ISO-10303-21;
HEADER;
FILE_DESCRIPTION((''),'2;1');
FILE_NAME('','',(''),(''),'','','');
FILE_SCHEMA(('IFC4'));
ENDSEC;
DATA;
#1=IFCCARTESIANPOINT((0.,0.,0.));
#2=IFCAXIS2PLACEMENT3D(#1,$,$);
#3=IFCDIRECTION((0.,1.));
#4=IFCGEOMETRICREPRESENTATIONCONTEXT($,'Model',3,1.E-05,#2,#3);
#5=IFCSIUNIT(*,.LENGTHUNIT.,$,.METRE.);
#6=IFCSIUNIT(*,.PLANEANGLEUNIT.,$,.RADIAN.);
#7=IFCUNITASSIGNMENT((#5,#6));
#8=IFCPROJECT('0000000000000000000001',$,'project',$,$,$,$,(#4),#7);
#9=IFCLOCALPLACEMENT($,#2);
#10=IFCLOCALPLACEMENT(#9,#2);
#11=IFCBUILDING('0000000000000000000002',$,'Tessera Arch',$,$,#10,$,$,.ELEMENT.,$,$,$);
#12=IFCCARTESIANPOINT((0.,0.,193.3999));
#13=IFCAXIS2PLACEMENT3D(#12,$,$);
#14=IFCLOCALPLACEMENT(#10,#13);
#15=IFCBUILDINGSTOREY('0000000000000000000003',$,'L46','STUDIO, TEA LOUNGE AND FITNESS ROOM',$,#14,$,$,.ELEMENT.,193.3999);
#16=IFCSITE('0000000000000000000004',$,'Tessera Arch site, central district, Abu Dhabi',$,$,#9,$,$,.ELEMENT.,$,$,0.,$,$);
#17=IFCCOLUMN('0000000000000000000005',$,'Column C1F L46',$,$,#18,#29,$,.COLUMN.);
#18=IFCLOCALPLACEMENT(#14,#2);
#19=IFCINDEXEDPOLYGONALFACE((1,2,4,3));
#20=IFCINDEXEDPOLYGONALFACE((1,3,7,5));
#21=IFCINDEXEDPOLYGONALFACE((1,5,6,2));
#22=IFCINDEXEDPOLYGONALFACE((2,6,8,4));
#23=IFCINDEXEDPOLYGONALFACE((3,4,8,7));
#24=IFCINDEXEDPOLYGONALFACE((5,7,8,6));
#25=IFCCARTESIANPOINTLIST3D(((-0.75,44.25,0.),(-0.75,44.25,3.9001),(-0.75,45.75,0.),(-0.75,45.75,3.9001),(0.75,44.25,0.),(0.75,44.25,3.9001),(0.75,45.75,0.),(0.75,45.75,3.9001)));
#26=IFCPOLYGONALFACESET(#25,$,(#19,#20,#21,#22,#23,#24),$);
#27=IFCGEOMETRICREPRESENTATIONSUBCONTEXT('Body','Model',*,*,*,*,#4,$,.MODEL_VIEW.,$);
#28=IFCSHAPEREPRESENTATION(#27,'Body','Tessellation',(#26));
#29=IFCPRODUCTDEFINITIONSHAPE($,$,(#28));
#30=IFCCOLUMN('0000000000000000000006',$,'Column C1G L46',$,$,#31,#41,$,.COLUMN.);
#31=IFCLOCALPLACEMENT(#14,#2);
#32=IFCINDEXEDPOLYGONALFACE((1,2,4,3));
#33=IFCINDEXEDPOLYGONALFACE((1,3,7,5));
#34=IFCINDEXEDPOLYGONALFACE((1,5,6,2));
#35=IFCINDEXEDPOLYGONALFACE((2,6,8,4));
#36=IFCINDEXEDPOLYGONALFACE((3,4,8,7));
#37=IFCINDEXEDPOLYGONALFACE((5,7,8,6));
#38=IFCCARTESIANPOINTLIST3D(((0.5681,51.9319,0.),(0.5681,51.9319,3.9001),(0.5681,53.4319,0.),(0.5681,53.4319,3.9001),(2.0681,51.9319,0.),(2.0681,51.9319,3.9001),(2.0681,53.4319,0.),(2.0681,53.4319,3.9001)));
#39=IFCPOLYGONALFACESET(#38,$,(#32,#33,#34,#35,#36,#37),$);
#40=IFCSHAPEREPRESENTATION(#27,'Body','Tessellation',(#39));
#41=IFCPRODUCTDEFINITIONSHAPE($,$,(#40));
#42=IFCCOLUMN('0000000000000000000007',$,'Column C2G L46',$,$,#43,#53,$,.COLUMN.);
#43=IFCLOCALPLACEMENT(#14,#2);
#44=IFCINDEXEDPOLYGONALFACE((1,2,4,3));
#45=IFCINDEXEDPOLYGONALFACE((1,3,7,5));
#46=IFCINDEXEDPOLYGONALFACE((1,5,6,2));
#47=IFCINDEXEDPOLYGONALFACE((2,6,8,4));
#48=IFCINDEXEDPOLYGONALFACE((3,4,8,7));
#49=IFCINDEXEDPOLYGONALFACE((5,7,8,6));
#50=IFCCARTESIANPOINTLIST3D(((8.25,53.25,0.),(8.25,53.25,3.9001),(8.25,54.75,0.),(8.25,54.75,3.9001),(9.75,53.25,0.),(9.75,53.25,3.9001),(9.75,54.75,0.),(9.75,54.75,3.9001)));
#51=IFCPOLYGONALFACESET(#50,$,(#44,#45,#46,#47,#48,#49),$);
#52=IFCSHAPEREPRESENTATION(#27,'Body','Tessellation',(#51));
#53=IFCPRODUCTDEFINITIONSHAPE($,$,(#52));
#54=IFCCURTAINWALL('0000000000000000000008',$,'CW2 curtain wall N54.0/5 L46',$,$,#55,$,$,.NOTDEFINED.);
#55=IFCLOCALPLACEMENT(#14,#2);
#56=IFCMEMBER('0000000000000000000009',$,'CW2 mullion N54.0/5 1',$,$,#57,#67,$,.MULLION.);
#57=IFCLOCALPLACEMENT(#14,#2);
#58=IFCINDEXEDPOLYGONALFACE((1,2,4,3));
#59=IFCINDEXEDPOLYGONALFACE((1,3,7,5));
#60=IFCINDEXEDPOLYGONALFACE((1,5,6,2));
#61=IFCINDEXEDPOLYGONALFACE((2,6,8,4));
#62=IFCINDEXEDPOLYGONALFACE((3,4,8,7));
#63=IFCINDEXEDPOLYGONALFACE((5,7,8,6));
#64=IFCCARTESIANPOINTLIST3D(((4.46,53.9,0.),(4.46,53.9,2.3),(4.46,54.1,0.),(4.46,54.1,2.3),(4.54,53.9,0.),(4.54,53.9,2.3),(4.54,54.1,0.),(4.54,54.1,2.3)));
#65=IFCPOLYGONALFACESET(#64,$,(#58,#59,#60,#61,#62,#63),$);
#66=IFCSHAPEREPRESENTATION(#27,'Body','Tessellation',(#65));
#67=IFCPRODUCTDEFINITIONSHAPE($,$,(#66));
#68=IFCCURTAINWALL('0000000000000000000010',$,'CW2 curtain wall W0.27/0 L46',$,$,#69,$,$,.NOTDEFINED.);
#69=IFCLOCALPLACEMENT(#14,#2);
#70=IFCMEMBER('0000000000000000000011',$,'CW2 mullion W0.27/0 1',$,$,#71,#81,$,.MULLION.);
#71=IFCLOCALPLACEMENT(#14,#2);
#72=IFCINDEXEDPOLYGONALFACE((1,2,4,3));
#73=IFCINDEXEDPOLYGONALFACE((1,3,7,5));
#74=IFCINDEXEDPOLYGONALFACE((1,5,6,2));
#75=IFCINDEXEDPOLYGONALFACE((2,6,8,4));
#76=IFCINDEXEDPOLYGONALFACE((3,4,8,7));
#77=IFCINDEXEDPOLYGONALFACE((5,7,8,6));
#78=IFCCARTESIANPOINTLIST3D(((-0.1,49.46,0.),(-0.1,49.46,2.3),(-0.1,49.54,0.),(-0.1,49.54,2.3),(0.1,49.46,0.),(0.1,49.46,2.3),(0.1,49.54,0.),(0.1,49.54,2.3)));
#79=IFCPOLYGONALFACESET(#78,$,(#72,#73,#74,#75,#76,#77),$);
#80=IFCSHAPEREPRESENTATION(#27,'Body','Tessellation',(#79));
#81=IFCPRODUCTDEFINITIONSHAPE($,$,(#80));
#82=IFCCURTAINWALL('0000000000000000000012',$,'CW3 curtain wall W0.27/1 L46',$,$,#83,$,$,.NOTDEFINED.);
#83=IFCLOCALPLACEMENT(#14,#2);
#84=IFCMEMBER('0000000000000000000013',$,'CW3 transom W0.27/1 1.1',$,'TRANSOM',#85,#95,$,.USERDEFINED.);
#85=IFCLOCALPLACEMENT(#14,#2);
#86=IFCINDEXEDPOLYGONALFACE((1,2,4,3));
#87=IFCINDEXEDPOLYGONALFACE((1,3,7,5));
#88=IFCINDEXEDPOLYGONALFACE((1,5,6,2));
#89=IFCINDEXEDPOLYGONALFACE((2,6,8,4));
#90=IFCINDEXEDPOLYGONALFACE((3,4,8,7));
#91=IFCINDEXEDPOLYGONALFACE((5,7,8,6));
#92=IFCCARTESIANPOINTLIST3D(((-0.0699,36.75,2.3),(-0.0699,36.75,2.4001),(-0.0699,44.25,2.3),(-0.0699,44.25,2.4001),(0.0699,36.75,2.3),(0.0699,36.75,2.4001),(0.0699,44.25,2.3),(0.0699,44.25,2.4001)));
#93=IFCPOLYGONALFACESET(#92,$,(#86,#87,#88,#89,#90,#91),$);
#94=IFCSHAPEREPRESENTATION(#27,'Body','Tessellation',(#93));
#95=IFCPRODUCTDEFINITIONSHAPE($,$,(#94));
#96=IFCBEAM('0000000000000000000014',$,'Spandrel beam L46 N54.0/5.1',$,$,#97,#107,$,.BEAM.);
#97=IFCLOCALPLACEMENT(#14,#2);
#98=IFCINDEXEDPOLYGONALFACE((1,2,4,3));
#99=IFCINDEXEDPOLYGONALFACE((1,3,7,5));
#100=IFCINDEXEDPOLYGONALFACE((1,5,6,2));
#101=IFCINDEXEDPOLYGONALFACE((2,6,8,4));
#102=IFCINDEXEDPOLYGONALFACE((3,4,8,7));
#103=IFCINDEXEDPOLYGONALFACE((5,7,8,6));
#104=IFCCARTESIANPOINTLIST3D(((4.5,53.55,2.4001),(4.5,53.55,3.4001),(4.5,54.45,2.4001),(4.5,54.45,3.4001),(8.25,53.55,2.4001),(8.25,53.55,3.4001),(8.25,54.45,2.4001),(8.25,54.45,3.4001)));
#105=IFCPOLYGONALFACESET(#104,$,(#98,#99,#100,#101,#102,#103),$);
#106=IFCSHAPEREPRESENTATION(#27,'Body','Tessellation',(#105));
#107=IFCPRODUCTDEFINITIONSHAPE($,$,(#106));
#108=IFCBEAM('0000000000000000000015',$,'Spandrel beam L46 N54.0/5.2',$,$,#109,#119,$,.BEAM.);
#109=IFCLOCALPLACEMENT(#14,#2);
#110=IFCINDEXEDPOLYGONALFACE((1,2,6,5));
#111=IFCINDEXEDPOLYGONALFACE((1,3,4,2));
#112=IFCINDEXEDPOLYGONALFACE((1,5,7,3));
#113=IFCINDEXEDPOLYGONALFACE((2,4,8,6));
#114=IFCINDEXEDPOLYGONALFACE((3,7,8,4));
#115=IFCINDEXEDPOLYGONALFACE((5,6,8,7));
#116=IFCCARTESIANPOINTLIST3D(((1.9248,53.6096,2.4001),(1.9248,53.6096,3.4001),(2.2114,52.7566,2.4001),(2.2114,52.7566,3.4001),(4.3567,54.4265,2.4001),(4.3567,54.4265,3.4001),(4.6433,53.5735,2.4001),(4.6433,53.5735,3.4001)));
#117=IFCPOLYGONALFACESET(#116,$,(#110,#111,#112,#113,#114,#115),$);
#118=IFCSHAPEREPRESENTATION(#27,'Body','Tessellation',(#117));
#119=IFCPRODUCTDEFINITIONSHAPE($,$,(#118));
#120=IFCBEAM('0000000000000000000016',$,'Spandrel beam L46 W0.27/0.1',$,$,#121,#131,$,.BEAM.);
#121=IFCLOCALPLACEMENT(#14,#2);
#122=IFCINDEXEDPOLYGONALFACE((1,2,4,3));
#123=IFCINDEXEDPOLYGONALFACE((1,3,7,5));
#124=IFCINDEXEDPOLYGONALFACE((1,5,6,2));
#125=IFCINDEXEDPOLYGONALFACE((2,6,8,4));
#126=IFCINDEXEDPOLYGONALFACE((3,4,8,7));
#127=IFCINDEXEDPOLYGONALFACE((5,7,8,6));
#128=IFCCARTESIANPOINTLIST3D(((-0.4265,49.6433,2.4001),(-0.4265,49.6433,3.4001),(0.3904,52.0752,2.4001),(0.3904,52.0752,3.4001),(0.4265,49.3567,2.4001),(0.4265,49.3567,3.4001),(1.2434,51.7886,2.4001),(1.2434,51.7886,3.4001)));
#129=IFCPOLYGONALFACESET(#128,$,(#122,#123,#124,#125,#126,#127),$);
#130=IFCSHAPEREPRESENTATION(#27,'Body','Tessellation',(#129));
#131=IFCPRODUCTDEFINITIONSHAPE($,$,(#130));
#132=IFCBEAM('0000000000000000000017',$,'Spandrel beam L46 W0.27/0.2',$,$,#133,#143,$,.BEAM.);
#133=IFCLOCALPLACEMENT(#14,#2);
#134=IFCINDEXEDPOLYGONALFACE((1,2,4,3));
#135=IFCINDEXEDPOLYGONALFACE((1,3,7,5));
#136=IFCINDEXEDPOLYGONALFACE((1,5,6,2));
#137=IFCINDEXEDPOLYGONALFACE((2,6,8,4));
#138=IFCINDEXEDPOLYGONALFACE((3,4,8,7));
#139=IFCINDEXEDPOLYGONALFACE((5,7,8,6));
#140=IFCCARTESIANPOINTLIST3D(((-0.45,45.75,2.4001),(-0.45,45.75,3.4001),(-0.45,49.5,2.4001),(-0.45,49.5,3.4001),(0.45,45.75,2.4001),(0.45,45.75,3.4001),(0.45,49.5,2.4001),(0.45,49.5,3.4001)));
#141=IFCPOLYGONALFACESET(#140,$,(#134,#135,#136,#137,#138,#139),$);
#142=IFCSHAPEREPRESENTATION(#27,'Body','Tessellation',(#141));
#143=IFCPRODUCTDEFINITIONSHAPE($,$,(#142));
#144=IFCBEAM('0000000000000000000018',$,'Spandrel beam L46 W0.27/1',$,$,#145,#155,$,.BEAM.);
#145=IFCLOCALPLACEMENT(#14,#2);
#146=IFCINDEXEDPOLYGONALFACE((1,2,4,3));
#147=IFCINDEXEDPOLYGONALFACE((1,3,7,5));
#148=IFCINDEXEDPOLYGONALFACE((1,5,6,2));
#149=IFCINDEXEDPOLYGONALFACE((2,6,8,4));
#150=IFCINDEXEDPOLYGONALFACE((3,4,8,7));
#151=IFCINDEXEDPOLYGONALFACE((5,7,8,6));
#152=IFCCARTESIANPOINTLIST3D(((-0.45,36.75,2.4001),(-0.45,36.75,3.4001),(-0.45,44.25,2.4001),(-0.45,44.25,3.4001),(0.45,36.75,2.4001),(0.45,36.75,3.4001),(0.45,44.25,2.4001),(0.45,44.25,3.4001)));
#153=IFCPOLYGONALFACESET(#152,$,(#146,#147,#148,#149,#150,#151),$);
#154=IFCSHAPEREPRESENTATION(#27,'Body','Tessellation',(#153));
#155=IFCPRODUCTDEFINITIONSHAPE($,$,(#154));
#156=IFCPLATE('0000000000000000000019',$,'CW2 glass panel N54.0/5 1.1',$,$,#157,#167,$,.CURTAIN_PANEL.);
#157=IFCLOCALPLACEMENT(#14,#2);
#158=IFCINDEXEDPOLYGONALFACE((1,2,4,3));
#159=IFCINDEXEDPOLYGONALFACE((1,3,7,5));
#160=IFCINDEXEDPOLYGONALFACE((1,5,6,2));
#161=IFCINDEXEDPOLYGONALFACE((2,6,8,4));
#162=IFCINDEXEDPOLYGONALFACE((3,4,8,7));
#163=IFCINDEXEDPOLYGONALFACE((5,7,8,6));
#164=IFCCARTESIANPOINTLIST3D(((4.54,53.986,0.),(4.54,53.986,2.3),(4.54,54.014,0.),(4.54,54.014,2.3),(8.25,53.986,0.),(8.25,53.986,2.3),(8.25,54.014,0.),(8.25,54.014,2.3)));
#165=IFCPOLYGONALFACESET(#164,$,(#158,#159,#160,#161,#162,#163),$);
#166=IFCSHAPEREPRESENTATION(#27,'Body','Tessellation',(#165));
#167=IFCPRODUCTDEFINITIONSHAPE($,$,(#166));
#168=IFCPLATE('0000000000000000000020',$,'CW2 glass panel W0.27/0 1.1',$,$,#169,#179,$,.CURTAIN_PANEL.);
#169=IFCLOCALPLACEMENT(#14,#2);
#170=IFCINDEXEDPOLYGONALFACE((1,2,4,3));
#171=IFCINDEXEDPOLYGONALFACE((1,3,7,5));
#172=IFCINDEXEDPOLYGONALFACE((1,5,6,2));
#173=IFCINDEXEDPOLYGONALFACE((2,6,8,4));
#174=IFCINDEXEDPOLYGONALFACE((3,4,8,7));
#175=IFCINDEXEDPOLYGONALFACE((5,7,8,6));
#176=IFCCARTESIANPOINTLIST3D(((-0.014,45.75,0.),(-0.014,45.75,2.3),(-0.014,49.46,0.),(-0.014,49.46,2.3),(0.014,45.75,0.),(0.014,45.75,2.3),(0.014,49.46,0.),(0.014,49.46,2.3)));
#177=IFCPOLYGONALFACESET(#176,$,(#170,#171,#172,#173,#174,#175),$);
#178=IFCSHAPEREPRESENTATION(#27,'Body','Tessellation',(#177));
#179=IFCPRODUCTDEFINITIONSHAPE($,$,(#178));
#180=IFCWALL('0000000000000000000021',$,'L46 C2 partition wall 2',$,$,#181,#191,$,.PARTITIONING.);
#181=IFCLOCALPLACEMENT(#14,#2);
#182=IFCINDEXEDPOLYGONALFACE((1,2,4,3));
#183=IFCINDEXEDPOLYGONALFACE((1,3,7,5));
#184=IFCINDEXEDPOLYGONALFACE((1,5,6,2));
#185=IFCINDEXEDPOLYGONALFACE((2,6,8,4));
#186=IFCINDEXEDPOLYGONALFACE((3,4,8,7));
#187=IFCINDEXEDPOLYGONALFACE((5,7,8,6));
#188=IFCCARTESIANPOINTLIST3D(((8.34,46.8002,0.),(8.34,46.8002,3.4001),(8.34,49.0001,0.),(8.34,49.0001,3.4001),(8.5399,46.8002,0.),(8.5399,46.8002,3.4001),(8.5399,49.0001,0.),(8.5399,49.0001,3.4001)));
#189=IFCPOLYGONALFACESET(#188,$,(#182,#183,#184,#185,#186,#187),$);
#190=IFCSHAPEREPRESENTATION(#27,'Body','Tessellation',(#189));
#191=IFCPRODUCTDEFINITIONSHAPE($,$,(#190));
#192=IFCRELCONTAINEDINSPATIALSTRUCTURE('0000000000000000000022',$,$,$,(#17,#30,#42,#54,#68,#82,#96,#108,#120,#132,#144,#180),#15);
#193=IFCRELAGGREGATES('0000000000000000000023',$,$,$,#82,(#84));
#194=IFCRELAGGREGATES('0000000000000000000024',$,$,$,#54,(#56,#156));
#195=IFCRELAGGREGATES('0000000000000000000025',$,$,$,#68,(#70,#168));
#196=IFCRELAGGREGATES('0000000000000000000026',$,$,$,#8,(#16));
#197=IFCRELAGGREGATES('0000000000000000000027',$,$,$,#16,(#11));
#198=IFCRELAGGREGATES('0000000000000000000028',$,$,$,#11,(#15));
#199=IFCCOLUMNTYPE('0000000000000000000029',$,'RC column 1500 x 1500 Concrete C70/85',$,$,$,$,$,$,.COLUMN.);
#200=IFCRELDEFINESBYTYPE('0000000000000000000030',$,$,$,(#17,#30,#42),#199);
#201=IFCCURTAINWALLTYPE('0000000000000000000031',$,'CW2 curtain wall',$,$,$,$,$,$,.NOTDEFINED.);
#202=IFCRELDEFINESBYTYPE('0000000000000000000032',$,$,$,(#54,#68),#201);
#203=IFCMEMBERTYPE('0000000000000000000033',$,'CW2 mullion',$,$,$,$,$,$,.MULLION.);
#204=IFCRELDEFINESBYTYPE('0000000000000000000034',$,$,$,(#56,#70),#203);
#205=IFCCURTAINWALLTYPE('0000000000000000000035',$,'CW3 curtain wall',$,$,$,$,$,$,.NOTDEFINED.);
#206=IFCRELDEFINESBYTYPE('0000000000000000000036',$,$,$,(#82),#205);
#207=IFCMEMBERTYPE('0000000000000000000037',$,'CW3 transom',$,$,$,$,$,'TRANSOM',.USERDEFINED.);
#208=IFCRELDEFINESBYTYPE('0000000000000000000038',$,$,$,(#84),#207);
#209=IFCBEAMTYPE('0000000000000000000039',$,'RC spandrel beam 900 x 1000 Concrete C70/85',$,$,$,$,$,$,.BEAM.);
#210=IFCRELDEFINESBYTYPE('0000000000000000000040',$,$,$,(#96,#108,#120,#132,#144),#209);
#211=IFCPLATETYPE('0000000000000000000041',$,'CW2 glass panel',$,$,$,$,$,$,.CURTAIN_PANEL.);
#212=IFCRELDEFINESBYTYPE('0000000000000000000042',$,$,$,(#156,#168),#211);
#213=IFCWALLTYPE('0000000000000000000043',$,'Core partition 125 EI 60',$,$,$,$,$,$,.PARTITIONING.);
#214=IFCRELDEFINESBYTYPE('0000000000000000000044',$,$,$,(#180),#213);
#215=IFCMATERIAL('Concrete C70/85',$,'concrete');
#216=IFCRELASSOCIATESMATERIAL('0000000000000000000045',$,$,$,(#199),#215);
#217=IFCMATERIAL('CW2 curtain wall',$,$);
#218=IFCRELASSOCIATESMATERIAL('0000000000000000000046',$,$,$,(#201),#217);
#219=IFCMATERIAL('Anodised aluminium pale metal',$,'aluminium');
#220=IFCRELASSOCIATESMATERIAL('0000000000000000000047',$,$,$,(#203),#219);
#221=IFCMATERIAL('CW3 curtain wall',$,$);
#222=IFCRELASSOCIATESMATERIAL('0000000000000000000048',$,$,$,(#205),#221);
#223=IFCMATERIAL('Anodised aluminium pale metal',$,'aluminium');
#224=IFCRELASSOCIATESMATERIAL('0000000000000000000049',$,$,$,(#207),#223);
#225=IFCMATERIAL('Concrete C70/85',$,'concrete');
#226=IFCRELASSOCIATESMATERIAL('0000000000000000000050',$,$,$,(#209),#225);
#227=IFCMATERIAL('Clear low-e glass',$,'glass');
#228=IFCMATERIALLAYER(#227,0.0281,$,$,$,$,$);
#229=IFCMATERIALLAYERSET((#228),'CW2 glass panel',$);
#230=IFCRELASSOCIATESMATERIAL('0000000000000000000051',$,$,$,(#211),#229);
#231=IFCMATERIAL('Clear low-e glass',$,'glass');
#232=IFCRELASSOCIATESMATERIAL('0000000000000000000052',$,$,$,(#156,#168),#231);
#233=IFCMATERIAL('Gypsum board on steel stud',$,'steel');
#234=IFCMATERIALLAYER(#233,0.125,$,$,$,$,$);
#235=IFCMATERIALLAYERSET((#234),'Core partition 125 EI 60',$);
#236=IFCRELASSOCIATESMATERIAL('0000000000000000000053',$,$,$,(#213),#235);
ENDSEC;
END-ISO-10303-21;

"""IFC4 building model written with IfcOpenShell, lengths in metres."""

from ifc_helpers import new_model, si_unit, direction, frame, frame_2d, origin, origin_2d, place, context, subcontext, project, spatial, rectangle, extrude, material, layer, layer_set, material_profile, profile_set, type_object, element, aggregate, save


model = new_model("IFC4")

# Units and contexts
model_context = context("Model", 3, precision=1e-05, world=origin(), true_north=direction((0.0, 1.0)))
body_context = subcontext(model_context, "Body", "Model", "MODEL_VIEW")
ifc_project = project(units=[si_unit("LENGTHUNIT", "METRE"), si_unit("PLANEANGLEUNIT", "RADIAN")], contexts=[model_context])

# Site, building, storey
site_placement = place(None, origin())
site = spatial("IfcSite", under=ifc_project, at=site_placement, Name="Tessera Arch site, central district, Abu Dhabi", CompositionType="ELEMENT", RefElevation=0.0)
building_placement = place(site_placement, origin())
building = spatial("IfcBuilding", under=site, at=building_placement, Name="Tessera Arch", CompositionType="ELEMENT")
storey_placement = place(building_placement, frame((0.0, 0.0, 193.3999)))
storey = spatial("IfcBuildingStorey", under=building, at=storey_placement, Name="L46", Description="STUDIO, TEA LOUNGE AND FITNESS ROOM", CompositionType="ELEMENT", Elevation=193.3999)

# Columns
ifc_material_1 = material(Name="Concrete C70/85", Category="concrete")
ifc_material_profile_1 = material_profile(ifc_material_1, rectangle(XDim=1.5, YDim=1.5, at=origin_2d()), Name="RC column 1500 x 1500 Concrete C70/85")
ifc_profile_set_1 = profile_set([ifc_material_profile_1], Name="Concrete C70/85")
column_type = type_object("IfcColumnType", Name="RC column 1500 x 1500 Concrete C70/85", PredefinedType="COLUMN", material=ifc_profile_set_1)
for number, where, z_axis, x_axis, name in (
    (1, (0.0, 45.0, 0.0), (0.0, 0.0, 1.0), (1.0, 0.0, 0.0), "Column C1F L46"),
    (2, (1.3181, 52.6819, 0.0), (0.0, 0.0, 1.0), (1.0, 0.0, 0.0), "Column C1G L46"),
    (3, (9.0, 54.0, 0.0), (0.0, 0.0, 1.0), (1.0, 0.0, 0.0), "Column C2G L46"),
):
    element("IfcColumn", number, at=place(storey_placement, frame(where, z_axis=z_axis, x_axis=x_axis)), inside=storey, type_object=column_type, Name=name, PredefinedType="COLUMN", context=body_context, shape_type="SweptSolid", body=[
        extrude(rectangle(XDim=1.5, YDim=1.5, at=origin_2d()), origin(), (0.0, 0.0, 1.0), 3.9001),
    ])

# Curtain walls, members
ifc_material_2 = material(Name="CW2 curtain wall")
curtain_wall_type_1 = type_object("IfcCurtainWallType", Name="CW2 curtain wall", PredefinedType="NOTDEFINED", material=ifc_material_2)
curtain_wall_1_placement = place(storey_placement, origin())
curtain_wall_1 = element("IfcCurtainWall", 4, at=curtain_wall_1_placement, inside=storey, type_object=curtain_wall_type_1, Name="CW2 curtain wall N54.0/5 L46", PredefinedType="NOTDEFINED")
ifc_material_3 = material(Name="Anodised aluminium pale metal", Category="aluminium")
ifc_material_profile_2 = material_profile(ifc_material_3, rectangle(XDim=0.2, YDim=0.0801, at=origin_2d()), Name="AL 80x200")
ifc_profile_set_2 = profile_set([ifc_material_profile_2], Name="Anodised aluminium pale metal")
member_type_1 = type_object("IfcMemberType", Name="CW2 mullion", PredefinedType="MULLION", material=ifc_profile_set_2)
member_1_placement = place(storey_placement, frame((4.5, 54.0, 0.0), z_axis=(0.0, 0.0, 1.0), x_axis=(0.0, -1.0, 0.0)))
member_1 = element("IfcMember", 5, at=member_1_placement, type_object=member_type_1, Name="CW2 mullion N54.0/5 1", PredefinedType="MULLION", context=body_context, shape_type="SweptSolid", body=[
    extrude(rectangle(XDim=0.2, YDim=0.0801, at=origin_2d()), origin(), (0.0, 0.0, 1.0), 2.3),
])
curtain_wall_2_placement = place(storey_placement, origin())
curtain_wall_2 = element("IfcCurtainWall", 6, at=curtain_wall_2_placement, inside=storey, type_object=curtain_wall_type_1, Name="CW2 curtain wall W0.27/0 L46", PredefinedType="NOTDEFINED")
member_2_placement = place(storey_placement, frame((0.0, 49.5, 0.0), z_axis=(0.0, 0.0, 1.0), x_axis=(1.0, 0.0, 0.0)))
member_2 = element("IfcMember", 7, at=member_2_placement, type_object=member_type_1, Name="CW2 mullion W0.27/0 1", PredefinedType="MULLION", context=body_context, shape_type="SweptSolid", body=[
    extrude(rectangle(XDim=0.2, YDim=0.0801, at=origin_2d()), origin(), (0.0, 0.0, 1.0), 2.3),
])
ifc_material_4 = material(Name="CW3 curtain wall")
curtain_wall_type_2 = type_object("IfcCurtainWallType", Name="CW3 curtain wall", PredefinedType="NOTDEFINED", material=ifc_material_4)
curtain_wall_3_placement = place(storey_placement, origin())
curtain_wall_3 = element("IfcCurtainWall", 8, at=curtain_wall_3_placement, inside=storey, type_object=curtain_wall_type_2, Name="CW3 curtain wall W0.27/1 L46", PredefinedType="NOTDEFINED")
ifc_material_5 = material(Name="Anodised aluminium pale metal", Category="aluminium")
ifc_material_profile_3 = material_profile(ifc_material_5, rectangle(XDim=0.1399, YDim=0.1001, at=origin_2d()), Name="AL 140x100")
ifc_profile_set_3 = profile_set([ifc_material_profile_3], Name="Anodised aluminium pale metal")
member_type_2 = type_object("IfcMemberType", Name="CW3 transom", ElementType="TRANSOM", PredefinedType="USERDEFINED", material=ifc_profile_set_3)
member_3_placement = place(storey_placement, frame((0.0, 44.25, 2.3501), z_axis=(0.0, -1.0, 0.0), x_axis=(1.0, 0.0, 0.0)))
member_3 = element("IfcMember", 9, at=member_3_placement, type_object=member_type_2, Name="CW3 transom W0.27/1 1.1", ObjectType="TRANSOM", PredefinedType="USERDEFINED", context=body_context, shape_type="SweptSolid", body=[
    extrude(rectangle(XDim=0.1399, YDim=0.1001, at=origin_2d()), origin(), (0.0, 0.0, 1.0), 7.5),
])
aggregate(curtain_wall_3, [member_3])

# Beams
ifc_material_6 = material(Name="Concrete C70/85", Category="concrete")
ifc_material_profile_4 = material_profile(ifc_material_6, rectangle(XDim=0.8999, YDim=1.0, at=origin_2d()), Name="RC spandrel beam 900 x 1000 Concrete C70/85")
ifc_profile_set_4 = profile_set([ifc_material_profile_4], Name="Concrete C70/85")
beam_type = type_object("IfcBeamType", Name="RC spandrel beam 900 x 1000 Concrete C70/85", PredefinedType="BEAM", material=ifc_profile_set_4)
beam_1_placement = place(storey_placement, frame((8.25, 54.0, 2.9001), z_axis=(-1.0, 0.0, 0.0), x_axis=(0.0, -1.0, 0.0)))
element("IfcBeam", 10, at=beam_1_placement, inside=storey, type_object=beam_type, Name="Spandrel beam L46 N54.0/5.1", PredefinedType="BEAM", context=body_context, shape_type="SweptSolid", body=[
    extrude(rectangle(XDim=0.8999, YDim=1.0, at=origin_2d()), origin(), (0.0, 0.0, 1.0), 3.75),
])
for number, where, z_axis, x_axis, name in (
    (11, (4.5, 54.0, 2.9001), (-0.947948, -0.318425, 0.0), (0.318425, -0.947948, 0.0), "Spandrel beam L46 N54.0/5.2"),
    (12, (0.8169, 51.9319, 2.9001), (-0.318425, -0.947948, 0.0), (0.947948, -0.318425, 0.0), "Spandrel beam L46 W0.27/0.1"),
):
    element("IfcBeam", number, at=place(storey_placement, frame(where, z_axis=z_axis, x_axis=x_axis)), inside=storey, type_object=beam_type, Name=name, PredefinedType="BEAM", context=body_context, shape_type="SweptSolid", body=[
        extrude(rectangle(XDim=0.8999, YDim=1.0, at=origin_2d()), origin(), (0.0, 0.0, 1.0), 2.5654),
    ])
beam_2_placement = place(storey_placement, frame((0.0, 49.5, 2.9001), z_axis=(0.0, -1.0, 0.0), x_axis=(1.0, 0.0, 0.0)))
element("IfcBeam", 13, at=beam_2_placement, inside=storey, type_object=beam_type, Name="Spandrel beam L46 W0.27/0.2", PredefinedType="BEAM", context=body_context, shape_type="SweptSolid", body=[
    extrude(rectangle(XDim=0.8999, YDim=1.0, at=origin_2d()), origin(), (0.0, 0.0, 1.0), 3.75),
])
beam_3_placement = place(storey_placement, frame((0.0, 44.25, 2.9001), z_axis=(0.0, -1.0, 0.0), x_axis=(1.0, 0.0, 0.0)))
element("IfcBeam", 14, at=beam_3_placement, inside=storey, type_object=beam_type, Name="Spandrel beam L46 W0.27/1", PredefinedType="BEAM", context=body_context, shape_type="SweptSolid", body=[
    extrude(rectangle(XDim=0.8999, YDim=1.0, at=origin_2d()), origin(), (0.0, 0.0, 1.0), 7.5),
])

# Plates
ifc_material_7 = material(Name="Clear low-e glass", Category="glass")
ifc_material_8 = material(Name="Clear low-e glass", Category="glass")
ifc_layer_1 = layer(ifc_material_8, 0.0281)
ifc_layer_set_1 = layer_set([ifc_layer_1], Name="CW2 glass panel")
plate_type = type_object("IfcPlateType", Name="CW2 glass panel", PredefinedType="CURTAIN_PANEL", material=ifc_layer_set_1)
plate_1_placement = place(storey_placement, frame((6.395, 54.0, 0.0), z_axis=(0.0, 0.0, 1.0), x_axis=(-1.0, 0.0, 0.0)))
plate_1 = element("IfcPlate", 15, at=plate_1_placement, type_object=plate_type, material=ifc_material_7, Name="CW2 glass panel N54.0/5 1.1", PredefinedType="CURTAIN_PANEL", context=body_context, shape_type="SweptSolid", body=[
    extrude(rectangle(XDim=3.71, YDim=0.0281, at=origin_2d()), origin(), (0.0, 0.0, 1.0), 2.3),
])
aggregate(curtain_wall_1, [member_1, plate_1])
plate_2_placement = place(storey_placement, frame((0.0, 47.605, 0.0), z_axis=(0.0, 0.0, 1.0), x_axis=(0.0, -1.0, 0.0)))
plate_2 = element("IfcPlate", 16, at=plate_2_placement, type_object=plate_type, material=ifc_material_7, Name="CW2 glass panel W0.27/0 1.1", PredefinedType="CURTAIN_PANEL", context=body_context, shape_type="SweptSolid", body=[
    extrude(rectangle(XDim=3.71, YDim=0.0281, at=origin_2d()), origin(), (0.0, 0.0, 1.0), 2.3),
])
aggregate(curtain_wall_2, [member_2, plate_2])

# Wall
ifc_material_9 = material(Name="Gypsum board on steel stud", Category="steel")
ifc_layer_2 = layer(ifc_material_9, 0.125)
ifc_layer_set_2 = layer_set([ifc_layer_2], Name="Core partition 125 EI 60")
wall_type_1 = type_object("IfcWallType", Name="Core partition 125 EI 60", PredefinedType="PARTITIONING", material=ifc_layer_set_2)
wall_1_placement = place(storey_placement, frame((8.4399, 46.8, 0.0), z_axis=(0.0, 0.0, 1.0), x_axis=(0.0, 1.0, 0.0)))
element("IfcWall", 17, at=wall_1_placement, inside=storey, type_object=wall_type_1, Name="L46 C2 partition wall 2", PredefinedType="PARTITIONING", context=body_context, shape_type="SweptSolid", body=[
    extrude(rectangle(XDim=2.2, YDim=0.2, at=frame_2d((1.1001, 0.0))), origin(), (0.0, 0.0, 1.0), 3.4001),
])

save(model, "model.ifc")
